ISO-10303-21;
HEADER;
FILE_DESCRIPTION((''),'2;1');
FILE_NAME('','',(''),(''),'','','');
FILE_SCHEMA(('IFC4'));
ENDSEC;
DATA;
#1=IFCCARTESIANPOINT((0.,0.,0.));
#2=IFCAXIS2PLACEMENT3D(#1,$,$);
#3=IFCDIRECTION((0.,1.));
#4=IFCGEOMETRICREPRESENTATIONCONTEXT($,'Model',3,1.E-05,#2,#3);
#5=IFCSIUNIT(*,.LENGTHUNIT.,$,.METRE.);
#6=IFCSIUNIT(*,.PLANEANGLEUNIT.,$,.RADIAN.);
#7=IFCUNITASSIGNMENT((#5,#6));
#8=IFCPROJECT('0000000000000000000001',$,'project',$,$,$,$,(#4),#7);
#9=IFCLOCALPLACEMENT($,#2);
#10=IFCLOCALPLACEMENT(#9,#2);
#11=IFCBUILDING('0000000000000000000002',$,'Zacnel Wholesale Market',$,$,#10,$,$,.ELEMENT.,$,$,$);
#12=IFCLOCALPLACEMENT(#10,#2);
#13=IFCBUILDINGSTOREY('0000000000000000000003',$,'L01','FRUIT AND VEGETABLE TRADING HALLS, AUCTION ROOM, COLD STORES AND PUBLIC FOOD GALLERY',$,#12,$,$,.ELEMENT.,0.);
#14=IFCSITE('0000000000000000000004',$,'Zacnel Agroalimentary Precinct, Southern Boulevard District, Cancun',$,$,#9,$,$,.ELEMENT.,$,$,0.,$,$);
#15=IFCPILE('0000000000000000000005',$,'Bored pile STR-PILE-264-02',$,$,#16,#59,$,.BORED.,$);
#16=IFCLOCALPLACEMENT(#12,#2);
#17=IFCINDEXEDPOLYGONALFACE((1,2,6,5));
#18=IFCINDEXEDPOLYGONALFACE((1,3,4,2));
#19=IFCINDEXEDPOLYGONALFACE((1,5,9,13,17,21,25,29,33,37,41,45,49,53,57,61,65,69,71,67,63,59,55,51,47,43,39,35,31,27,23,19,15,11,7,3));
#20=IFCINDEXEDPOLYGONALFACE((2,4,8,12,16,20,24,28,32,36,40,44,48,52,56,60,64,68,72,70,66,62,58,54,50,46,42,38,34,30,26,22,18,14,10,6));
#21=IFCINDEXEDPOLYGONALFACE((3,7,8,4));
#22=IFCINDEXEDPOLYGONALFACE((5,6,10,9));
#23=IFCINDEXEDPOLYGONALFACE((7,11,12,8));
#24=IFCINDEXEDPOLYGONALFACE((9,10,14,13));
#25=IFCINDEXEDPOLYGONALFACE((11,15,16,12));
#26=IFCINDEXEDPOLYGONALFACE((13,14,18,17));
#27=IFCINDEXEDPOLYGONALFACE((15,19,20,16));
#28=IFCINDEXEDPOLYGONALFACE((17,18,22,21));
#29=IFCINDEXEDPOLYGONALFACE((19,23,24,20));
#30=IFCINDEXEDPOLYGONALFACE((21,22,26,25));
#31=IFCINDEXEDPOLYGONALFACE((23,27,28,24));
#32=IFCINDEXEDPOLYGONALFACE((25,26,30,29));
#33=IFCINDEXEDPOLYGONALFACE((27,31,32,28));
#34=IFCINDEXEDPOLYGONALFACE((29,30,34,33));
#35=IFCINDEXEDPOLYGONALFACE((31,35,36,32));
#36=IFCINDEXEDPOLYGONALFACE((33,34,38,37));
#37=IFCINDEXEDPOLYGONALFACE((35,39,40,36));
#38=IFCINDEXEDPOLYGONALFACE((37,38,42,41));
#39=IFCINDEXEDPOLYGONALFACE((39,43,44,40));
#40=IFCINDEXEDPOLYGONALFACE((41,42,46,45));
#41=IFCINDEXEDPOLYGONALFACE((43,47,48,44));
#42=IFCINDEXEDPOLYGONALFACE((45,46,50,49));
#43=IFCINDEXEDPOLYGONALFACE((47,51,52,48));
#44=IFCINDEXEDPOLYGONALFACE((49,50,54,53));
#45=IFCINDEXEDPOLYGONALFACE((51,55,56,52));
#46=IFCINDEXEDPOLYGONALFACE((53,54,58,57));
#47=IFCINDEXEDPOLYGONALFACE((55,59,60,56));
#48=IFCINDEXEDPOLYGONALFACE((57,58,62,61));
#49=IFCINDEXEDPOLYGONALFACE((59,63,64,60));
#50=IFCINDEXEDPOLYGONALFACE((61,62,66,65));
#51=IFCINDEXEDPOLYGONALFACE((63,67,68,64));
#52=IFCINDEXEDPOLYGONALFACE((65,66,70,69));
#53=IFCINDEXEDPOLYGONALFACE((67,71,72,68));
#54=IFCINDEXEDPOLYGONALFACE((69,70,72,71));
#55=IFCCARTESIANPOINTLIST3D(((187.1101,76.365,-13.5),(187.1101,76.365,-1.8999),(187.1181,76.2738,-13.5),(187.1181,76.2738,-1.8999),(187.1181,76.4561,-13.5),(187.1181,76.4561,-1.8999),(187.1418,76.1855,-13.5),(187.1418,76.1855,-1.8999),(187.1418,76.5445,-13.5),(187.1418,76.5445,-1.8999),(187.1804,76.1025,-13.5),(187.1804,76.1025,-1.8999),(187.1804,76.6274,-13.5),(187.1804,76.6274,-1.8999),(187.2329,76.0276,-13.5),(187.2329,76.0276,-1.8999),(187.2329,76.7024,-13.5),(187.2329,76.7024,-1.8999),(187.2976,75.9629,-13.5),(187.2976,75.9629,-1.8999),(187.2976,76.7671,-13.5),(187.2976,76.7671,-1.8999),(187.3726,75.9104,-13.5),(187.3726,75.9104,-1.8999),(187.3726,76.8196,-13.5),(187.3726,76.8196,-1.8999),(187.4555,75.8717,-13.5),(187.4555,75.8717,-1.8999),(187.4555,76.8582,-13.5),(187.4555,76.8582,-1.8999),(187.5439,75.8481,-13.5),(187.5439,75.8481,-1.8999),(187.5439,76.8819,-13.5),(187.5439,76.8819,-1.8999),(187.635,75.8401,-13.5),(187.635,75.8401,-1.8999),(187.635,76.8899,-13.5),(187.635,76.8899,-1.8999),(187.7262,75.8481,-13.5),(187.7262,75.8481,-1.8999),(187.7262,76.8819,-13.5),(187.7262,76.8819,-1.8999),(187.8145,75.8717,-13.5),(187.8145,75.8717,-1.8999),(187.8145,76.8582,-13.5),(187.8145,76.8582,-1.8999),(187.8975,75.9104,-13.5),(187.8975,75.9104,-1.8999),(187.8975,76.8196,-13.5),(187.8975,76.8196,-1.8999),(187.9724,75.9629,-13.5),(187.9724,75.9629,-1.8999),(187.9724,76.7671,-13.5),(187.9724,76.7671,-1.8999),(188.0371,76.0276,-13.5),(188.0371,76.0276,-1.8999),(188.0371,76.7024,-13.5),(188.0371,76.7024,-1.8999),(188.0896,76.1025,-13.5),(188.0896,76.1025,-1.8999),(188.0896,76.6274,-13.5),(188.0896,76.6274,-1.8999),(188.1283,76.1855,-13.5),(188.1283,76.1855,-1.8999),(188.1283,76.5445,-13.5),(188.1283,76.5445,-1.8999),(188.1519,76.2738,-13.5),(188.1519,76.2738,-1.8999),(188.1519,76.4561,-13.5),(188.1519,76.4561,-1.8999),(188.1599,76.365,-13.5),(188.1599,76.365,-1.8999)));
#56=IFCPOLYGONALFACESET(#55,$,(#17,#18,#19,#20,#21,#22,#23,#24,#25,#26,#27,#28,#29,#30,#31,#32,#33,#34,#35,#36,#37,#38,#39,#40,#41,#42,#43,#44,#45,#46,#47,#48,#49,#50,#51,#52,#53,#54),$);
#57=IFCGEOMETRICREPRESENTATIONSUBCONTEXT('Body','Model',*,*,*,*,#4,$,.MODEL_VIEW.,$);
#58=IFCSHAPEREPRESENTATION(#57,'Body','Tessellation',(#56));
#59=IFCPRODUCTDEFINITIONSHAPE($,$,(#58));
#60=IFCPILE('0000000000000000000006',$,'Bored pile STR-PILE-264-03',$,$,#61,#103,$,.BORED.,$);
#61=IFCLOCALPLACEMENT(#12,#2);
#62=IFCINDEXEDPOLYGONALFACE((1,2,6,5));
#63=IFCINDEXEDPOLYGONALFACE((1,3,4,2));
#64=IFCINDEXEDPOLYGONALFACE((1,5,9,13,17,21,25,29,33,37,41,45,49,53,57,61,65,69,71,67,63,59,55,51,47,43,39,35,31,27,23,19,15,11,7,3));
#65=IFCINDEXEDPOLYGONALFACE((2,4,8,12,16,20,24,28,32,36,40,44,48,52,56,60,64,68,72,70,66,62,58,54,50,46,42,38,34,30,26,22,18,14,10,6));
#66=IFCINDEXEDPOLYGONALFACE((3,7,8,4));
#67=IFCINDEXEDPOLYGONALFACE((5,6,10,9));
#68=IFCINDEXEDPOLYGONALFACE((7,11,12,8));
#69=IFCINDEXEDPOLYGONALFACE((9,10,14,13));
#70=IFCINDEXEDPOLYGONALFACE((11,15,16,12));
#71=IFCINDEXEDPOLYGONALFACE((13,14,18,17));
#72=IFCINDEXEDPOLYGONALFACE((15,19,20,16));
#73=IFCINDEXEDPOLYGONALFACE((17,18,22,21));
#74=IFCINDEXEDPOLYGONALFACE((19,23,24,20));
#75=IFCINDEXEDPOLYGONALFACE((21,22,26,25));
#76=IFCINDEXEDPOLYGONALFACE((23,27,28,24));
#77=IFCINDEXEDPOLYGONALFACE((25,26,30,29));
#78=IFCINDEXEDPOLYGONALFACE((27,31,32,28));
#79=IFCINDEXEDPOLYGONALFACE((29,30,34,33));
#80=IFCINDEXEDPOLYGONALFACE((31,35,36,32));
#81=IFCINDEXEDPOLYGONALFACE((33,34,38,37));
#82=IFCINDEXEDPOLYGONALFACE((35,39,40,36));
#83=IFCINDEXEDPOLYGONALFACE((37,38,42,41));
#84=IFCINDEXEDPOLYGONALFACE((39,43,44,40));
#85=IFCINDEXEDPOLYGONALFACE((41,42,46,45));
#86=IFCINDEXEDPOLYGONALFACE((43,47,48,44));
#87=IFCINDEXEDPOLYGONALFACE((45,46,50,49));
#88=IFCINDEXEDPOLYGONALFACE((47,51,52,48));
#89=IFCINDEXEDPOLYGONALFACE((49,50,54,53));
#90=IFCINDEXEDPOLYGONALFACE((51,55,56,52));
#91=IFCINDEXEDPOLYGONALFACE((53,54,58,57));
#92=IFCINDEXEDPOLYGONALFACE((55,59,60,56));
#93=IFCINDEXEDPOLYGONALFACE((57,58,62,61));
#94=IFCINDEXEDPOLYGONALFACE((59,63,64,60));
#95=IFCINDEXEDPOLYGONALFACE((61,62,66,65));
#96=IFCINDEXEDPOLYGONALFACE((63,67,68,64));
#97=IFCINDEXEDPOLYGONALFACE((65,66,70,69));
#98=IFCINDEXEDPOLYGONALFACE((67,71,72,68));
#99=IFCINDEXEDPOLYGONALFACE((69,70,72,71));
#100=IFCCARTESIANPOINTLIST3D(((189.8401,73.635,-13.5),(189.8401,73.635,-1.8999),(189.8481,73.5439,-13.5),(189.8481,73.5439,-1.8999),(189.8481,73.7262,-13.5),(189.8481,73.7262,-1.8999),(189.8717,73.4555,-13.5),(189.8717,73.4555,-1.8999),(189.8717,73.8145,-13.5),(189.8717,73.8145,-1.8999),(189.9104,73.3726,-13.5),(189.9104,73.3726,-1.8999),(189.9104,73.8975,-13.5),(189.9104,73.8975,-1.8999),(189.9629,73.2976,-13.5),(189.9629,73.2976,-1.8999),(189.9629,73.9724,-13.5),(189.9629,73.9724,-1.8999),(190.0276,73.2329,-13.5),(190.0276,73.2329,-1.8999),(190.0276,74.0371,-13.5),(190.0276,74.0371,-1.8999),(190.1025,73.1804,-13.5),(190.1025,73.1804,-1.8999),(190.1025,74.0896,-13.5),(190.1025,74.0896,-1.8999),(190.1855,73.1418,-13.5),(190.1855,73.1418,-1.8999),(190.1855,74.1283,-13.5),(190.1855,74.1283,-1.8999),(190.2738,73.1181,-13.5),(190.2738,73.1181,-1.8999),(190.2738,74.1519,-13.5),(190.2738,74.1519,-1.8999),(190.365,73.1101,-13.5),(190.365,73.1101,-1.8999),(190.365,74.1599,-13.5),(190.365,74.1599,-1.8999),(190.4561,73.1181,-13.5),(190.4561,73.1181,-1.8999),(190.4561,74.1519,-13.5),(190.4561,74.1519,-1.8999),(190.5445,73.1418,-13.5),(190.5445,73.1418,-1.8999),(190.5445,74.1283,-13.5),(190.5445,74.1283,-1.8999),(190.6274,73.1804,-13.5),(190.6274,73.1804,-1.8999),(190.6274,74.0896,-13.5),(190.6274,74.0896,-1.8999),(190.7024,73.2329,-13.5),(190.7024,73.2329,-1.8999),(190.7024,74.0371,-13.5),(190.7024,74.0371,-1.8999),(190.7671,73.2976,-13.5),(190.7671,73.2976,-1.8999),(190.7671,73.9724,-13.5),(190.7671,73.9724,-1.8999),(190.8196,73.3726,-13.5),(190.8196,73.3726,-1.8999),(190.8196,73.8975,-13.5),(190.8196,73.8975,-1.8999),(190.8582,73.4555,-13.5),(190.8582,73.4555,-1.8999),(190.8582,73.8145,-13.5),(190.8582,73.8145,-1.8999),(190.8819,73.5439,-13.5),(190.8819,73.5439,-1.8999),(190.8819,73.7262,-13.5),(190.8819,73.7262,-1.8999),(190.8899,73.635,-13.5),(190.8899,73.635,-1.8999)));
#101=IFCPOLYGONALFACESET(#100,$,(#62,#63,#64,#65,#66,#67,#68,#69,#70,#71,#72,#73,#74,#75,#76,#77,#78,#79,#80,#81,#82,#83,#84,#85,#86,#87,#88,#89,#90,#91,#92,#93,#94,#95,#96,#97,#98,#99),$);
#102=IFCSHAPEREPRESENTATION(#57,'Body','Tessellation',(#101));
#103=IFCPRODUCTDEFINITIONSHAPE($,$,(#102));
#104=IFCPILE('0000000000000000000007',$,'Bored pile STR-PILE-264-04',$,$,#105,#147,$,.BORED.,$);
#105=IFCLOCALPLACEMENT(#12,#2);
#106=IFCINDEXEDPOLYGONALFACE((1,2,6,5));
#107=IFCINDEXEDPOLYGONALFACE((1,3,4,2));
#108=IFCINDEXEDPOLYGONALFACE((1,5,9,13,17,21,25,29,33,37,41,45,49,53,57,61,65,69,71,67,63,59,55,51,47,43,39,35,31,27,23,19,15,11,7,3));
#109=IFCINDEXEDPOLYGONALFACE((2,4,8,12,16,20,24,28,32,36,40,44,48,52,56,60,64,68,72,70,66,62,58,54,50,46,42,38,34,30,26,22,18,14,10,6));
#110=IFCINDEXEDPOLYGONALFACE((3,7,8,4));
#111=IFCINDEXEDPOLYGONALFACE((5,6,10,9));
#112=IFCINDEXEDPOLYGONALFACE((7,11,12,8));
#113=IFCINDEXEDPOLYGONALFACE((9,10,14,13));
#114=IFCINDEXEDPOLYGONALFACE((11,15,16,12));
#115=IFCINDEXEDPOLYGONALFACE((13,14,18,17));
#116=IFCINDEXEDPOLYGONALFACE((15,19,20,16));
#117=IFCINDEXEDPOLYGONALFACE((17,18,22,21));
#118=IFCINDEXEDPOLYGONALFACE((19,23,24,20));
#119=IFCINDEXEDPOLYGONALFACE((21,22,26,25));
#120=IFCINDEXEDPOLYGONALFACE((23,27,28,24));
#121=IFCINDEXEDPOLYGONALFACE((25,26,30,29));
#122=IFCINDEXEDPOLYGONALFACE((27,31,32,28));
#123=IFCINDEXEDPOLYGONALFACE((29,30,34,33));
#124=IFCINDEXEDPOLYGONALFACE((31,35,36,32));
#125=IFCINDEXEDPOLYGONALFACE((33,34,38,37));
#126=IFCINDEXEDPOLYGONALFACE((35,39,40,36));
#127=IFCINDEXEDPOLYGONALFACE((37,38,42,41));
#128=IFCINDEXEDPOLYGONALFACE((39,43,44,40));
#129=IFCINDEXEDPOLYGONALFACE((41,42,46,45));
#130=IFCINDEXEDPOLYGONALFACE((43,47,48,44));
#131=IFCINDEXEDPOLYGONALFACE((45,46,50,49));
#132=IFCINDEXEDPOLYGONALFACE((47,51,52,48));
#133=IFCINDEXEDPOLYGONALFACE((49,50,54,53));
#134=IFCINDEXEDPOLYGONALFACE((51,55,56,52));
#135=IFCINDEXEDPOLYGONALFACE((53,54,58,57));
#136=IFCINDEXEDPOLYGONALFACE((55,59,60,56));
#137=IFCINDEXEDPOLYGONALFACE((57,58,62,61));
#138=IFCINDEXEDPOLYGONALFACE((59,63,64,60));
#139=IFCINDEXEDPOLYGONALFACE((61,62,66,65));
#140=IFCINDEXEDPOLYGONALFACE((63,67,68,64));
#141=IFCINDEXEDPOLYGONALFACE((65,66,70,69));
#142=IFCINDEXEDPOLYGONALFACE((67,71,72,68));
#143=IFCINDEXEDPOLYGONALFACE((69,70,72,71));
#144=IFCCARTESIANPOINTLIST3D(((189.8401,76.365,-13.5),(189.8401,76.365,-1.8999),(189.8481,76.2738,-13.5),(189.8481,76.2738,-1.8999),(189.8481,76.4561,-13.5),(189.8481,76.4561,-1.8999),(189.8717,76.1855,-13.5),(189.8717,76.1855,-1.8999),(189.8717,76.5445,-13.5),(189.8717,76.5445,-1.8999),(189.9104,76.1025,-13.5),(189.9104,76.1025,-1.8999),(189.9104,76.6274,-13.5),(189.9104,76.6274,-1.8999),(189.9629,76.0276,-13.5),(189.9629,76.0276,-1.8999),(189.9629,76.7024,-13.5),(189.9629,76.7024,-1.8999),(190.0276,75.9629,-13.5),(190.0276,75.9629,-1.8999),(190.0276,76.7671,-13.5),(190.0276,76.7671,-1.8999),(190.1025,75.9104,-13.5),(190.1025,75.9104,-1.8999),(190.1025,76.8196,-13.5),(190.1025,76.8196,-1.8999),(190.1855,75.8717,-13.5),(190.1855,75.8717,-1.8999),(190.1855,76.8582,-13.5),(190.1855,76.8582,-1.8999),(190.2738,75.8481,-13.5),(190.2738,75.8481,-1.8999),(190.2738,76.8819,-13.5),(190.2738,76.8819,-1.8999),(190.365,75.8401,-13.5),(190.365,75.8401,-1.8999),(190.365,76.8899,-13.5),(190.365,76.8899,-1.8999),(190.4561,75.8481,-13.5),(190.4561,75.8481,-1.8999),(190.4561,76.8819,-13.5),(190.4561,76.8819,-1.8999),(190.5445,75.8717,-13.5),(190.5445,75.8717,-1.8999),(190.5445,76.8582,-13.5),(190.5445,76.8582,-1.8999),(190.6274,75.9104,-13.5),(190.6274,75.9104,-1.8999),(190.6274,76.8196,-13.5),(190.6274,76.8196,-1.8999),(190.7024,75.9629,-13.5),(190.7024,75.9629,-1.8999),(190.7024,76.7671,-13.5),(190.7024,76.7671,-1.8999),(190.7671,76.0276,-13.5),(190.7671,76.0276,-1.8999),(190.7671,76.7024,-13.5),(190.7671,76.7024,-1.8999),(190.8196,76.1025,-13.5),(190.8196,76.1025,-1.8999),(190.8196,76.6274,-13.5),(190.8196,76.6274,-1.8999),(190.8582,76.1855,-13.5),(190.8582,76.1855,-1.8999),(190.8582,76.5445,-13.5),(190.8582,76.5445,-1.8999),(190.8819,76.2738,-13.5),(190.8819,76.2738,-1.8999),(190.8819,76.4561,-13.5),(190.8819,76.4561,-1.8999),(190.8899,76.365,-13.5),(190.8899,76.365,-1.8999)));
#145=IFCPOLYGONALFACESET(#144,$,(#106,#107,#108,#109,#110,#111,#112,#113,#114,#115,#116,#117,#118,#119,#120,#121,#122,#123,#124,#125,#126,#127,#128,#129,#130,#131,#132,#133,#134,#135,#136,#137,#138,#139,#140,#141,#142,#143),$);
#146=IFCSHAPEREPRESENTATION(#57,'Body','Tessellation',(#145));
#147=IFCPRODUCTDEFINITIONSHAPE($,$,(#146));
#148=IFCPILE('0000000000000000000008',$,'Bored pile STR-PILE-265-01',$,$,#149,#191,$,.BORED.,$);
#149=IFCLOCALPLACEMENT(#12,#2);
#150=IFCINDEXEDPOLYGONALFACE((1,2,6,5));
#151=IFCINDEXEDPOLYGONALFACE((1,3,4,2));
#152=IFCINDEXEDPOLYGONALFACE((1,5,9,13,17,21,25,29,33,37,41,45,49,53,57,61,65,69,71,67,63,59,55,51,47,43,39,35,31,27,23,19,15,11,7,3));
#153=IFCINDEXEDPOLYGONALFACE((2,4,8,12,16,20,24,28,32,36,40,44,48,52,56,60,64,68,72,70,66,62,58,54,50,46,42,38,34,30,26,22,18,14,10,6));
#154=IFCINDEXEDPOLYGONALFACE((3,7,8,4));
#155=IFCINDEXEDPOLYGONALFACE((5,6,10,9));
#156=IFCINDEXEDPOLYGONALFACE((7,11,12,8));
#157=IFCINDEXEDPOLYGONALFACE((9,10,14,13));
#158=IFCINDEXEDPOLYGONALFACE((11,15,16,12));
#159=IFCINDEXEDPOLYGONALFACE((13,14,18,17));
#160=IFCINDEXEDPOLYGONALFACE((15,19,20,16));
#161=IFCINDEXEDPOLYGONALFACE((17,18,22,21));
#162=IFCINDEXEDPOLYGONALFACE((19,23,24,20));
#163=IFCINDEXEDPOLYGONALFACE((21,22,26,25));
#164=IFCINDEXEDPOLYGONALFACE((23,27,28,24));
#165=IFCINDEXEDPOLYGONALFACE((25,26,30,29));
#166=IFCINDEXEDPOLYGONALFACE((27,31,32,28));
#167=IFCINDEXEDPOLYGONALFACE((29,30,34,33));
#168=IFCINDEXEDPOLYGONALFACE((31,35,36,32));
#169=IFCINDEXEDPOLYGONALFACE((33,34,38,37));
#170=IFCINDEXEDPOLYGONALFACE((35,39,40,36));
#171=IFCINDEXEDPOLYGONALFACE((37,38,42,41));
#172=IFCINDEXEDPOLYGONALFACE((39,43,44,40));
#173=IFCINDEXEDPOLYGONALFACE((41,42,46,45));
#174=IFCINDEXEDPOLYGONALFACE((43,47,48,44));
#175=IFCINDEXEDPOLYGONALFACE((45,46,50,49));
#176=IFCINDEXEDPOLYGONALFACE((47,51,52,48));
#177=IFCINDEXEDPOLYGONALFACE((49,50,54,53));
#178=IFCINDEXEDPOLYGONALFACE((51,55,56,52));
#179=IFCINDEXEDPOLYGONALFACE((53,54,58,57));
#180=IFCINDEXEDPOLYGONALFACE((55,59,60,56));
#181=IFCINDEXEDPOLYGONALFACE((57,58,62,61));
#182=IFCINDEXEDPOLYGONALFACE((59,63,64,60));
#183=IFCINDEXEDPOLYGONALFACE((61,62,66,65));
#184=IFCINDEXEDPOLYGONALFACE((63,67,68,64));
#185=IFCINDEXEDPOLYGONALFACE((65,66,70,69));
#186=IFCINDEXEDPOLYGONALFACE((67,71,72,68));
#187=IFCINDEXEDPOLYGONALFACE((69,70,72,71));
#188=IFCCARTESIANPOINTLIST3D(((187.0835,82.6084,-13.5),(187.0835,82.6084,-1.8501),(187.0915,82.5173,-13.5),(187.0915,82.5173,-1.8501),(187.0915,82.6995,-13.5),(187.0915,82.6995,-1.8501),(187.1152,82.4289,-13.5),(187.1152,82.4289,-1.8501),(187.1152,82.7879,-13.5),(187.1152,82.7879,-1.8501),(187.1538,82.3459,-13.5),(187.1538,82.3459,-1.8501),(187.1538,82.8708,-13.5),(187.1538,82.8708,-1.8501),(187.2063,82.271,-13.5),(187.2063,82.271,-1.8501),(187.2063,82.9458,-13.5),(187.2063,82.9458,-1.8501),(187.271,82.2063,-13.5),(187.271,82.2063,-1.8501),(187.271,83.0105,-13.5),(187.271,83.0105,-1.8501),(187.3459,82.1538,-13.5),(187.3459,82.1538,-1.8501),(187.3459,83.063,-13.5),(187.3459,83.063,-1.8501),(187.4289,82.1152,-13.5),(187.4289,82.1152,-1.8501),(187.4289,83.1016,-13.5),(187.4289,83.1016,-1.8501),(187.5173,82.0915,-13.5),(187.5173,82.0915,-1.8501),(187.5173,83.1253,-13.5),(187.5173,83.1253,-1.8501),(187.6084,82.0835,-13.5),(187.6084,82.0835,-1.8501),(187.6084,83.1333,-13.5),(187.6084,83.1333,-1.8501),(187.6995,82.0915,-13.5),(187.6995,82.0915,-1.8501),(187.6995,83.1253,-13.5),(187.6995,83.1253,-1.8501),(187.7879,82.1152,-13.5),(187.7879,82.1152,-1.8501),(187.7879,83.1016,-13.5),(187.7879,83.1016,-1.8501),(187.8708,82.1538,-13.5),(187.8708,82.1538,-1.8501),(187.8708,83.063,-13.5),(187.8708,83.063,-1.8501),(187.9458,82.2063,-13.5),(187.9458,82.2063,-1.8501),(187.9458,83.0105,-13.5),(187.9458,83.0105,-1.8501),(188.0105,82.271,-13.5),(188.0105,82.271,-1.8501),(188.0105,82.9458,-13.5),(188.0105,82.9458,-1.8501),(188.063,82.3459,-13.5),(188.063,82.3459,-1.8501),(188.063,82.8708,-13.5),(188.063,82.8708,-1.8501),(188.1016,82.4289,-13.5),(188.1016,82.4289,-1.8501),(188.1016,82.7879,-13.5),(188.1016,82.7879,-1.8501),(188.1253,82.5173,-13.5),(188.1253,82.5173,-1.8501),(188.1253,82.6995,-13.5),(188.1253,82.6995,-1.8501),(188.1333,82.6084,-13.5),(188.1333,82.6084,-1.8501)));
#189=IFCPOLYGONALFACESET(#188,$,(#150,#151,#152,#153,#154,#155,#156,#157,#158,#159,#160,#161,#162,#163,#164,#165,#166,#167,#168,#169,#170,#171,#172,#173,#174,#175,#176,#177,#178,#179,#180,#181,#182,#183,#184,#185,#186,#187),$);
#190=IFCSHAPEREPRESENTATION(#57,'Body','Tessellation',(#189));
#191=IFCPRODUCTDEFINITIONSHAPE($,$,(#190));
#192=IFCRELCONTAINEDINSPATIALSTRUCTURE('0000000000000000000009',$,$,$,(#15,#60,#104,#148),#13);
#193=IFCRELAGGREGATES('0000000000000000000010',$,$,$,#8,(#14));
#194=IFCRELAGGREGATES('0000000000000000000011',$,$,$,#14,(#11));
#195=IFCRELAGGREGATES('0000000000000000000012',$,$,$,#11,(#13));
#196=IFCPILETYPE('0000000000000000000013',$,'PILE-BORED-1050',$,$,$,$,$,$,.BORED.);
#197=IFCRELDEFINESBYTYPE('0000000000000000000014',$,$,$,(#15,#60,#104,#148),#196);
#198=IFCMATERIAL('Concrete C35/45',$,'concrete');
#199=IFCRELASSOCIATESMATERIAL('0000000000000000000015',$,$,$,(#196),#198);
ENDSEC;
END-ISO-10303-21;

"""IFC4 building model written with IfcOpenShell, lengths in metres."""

from ifc_helpers import new_model, si_unit, direction, frame, origin, origin_2d, place, context, subcontext, project, spatial, circle, extrude, material, material_profile, profile_set, type_object, element, save


model = new_model("IFC4")

# Units and contexts
model_context = context("Model", 3, precision=1e-05, world=origin(), true_north=direction((0.0, 1.0)))
body_context = subcontext(model_context, "Body", "Model", "MODEL_VIEW")
ifc_project = project(units=[si_unit("LENGTHUNIT", "METRE"), si_unit("PLANEANGLEUNIT", "RADIAN")], contexts=[model_context])

# Site, building, storey
site_placement = place(None, origin())
site = spatial("IfcSite", under=ifc_project, at=site_placement, Name="Zacnel Agroalimentary Precinct, Southern Boulevard District, Cancun", CompositionType="ELEMENT", RefElevation=0.0)
building_placement = place(site_placement, origin())
building = spatial("IfcBuilding", under=site, at=building_placement, Name="Zacnel Wholesale Market", CompositionType="ELEMENT")
storey_placement = place(building_placement, origin())
storey = spatial("IfcBuildingStorey", under=building, at=storey_placement, Name="L01", Description="FRUIT AND VEGETABLE TRADING HALLS, AUCTION ROOM, COLD STORES AND PUBLIC FOOD GALLERY", CompositionType="ELEMENT", Elevation=0.0)

# Piles
ifc_material_1 = material(Name="Concrete C35/45", Category="concrete")
ifc_material_profile_1 = material_profile(ifc_material_1, circle(Radius=0.5249, at=origin_2d()), Name="BORED PILE D1050")
ifc_profile_set_1 = profile_set([ifc_material_profile_1], Name="Concrete C35/45")
pile_type = type_object("IfcPileType", Name="PILE-BORED-1050", PredefinedType="BORED", material=ifc_profile_set_1)
for number, where, z_axis, x_axis, name in (
    (1, (187.635, 76.365, -1.8999), (0.0, 0.0, -1.0), (1.0, 0.0, 0.0), "Bored pile STR-PILE-264-02"),
    (2, (190.365, 73.635, -1.8999), (0.0, 0.0, -1.0), (1.0, 0.0, 0.0), "Bored pile STR-PILE-264-03"),
    (3, (190.365, 76.365, -1.8999), (0.0, 0.0, -1.0), (1.0, 0.0, 0.0), "Bored pile STR-PILE-264-04"),
):
    element("IfcPile", number, at=place(storey_placement, frame(where, z_axis=z_axis, x_axis=x_axis)), inside=storey, type_object=pile_type, Name=name, PredefinedType="BORED", context=body_context, shape_type="SweptSolid", body=[
        extrude(circle(Radius=0.5249, at=origin_2d()), origin(), (0.0, 0.0, 1.0), 11.6001),
    ])
for number, where, z_axis, x_axis, name in (
    (4, (187.6084, 82.6084, -1.8501), (0.0, 0.0, -1.0), (1.0, 0.0, 0.0), "Bored pile STR-PILE-265-01"),
):
    element("IfcPile", number, at=place(storey_placement, frame(where, z_axis=z_axis, x_axis=x_axis)), inside=storey, type_object=pile_type, Name=name, PredefinedType="BORED", context=body_context, shape_type="SweptSolid", body=[
        extrude(circle(Radius=0.5249, at=origin_2d()), origin(), (0.0, 0.0, 1.0), 11.6499),
    ])

save(model, "model.ifc")
